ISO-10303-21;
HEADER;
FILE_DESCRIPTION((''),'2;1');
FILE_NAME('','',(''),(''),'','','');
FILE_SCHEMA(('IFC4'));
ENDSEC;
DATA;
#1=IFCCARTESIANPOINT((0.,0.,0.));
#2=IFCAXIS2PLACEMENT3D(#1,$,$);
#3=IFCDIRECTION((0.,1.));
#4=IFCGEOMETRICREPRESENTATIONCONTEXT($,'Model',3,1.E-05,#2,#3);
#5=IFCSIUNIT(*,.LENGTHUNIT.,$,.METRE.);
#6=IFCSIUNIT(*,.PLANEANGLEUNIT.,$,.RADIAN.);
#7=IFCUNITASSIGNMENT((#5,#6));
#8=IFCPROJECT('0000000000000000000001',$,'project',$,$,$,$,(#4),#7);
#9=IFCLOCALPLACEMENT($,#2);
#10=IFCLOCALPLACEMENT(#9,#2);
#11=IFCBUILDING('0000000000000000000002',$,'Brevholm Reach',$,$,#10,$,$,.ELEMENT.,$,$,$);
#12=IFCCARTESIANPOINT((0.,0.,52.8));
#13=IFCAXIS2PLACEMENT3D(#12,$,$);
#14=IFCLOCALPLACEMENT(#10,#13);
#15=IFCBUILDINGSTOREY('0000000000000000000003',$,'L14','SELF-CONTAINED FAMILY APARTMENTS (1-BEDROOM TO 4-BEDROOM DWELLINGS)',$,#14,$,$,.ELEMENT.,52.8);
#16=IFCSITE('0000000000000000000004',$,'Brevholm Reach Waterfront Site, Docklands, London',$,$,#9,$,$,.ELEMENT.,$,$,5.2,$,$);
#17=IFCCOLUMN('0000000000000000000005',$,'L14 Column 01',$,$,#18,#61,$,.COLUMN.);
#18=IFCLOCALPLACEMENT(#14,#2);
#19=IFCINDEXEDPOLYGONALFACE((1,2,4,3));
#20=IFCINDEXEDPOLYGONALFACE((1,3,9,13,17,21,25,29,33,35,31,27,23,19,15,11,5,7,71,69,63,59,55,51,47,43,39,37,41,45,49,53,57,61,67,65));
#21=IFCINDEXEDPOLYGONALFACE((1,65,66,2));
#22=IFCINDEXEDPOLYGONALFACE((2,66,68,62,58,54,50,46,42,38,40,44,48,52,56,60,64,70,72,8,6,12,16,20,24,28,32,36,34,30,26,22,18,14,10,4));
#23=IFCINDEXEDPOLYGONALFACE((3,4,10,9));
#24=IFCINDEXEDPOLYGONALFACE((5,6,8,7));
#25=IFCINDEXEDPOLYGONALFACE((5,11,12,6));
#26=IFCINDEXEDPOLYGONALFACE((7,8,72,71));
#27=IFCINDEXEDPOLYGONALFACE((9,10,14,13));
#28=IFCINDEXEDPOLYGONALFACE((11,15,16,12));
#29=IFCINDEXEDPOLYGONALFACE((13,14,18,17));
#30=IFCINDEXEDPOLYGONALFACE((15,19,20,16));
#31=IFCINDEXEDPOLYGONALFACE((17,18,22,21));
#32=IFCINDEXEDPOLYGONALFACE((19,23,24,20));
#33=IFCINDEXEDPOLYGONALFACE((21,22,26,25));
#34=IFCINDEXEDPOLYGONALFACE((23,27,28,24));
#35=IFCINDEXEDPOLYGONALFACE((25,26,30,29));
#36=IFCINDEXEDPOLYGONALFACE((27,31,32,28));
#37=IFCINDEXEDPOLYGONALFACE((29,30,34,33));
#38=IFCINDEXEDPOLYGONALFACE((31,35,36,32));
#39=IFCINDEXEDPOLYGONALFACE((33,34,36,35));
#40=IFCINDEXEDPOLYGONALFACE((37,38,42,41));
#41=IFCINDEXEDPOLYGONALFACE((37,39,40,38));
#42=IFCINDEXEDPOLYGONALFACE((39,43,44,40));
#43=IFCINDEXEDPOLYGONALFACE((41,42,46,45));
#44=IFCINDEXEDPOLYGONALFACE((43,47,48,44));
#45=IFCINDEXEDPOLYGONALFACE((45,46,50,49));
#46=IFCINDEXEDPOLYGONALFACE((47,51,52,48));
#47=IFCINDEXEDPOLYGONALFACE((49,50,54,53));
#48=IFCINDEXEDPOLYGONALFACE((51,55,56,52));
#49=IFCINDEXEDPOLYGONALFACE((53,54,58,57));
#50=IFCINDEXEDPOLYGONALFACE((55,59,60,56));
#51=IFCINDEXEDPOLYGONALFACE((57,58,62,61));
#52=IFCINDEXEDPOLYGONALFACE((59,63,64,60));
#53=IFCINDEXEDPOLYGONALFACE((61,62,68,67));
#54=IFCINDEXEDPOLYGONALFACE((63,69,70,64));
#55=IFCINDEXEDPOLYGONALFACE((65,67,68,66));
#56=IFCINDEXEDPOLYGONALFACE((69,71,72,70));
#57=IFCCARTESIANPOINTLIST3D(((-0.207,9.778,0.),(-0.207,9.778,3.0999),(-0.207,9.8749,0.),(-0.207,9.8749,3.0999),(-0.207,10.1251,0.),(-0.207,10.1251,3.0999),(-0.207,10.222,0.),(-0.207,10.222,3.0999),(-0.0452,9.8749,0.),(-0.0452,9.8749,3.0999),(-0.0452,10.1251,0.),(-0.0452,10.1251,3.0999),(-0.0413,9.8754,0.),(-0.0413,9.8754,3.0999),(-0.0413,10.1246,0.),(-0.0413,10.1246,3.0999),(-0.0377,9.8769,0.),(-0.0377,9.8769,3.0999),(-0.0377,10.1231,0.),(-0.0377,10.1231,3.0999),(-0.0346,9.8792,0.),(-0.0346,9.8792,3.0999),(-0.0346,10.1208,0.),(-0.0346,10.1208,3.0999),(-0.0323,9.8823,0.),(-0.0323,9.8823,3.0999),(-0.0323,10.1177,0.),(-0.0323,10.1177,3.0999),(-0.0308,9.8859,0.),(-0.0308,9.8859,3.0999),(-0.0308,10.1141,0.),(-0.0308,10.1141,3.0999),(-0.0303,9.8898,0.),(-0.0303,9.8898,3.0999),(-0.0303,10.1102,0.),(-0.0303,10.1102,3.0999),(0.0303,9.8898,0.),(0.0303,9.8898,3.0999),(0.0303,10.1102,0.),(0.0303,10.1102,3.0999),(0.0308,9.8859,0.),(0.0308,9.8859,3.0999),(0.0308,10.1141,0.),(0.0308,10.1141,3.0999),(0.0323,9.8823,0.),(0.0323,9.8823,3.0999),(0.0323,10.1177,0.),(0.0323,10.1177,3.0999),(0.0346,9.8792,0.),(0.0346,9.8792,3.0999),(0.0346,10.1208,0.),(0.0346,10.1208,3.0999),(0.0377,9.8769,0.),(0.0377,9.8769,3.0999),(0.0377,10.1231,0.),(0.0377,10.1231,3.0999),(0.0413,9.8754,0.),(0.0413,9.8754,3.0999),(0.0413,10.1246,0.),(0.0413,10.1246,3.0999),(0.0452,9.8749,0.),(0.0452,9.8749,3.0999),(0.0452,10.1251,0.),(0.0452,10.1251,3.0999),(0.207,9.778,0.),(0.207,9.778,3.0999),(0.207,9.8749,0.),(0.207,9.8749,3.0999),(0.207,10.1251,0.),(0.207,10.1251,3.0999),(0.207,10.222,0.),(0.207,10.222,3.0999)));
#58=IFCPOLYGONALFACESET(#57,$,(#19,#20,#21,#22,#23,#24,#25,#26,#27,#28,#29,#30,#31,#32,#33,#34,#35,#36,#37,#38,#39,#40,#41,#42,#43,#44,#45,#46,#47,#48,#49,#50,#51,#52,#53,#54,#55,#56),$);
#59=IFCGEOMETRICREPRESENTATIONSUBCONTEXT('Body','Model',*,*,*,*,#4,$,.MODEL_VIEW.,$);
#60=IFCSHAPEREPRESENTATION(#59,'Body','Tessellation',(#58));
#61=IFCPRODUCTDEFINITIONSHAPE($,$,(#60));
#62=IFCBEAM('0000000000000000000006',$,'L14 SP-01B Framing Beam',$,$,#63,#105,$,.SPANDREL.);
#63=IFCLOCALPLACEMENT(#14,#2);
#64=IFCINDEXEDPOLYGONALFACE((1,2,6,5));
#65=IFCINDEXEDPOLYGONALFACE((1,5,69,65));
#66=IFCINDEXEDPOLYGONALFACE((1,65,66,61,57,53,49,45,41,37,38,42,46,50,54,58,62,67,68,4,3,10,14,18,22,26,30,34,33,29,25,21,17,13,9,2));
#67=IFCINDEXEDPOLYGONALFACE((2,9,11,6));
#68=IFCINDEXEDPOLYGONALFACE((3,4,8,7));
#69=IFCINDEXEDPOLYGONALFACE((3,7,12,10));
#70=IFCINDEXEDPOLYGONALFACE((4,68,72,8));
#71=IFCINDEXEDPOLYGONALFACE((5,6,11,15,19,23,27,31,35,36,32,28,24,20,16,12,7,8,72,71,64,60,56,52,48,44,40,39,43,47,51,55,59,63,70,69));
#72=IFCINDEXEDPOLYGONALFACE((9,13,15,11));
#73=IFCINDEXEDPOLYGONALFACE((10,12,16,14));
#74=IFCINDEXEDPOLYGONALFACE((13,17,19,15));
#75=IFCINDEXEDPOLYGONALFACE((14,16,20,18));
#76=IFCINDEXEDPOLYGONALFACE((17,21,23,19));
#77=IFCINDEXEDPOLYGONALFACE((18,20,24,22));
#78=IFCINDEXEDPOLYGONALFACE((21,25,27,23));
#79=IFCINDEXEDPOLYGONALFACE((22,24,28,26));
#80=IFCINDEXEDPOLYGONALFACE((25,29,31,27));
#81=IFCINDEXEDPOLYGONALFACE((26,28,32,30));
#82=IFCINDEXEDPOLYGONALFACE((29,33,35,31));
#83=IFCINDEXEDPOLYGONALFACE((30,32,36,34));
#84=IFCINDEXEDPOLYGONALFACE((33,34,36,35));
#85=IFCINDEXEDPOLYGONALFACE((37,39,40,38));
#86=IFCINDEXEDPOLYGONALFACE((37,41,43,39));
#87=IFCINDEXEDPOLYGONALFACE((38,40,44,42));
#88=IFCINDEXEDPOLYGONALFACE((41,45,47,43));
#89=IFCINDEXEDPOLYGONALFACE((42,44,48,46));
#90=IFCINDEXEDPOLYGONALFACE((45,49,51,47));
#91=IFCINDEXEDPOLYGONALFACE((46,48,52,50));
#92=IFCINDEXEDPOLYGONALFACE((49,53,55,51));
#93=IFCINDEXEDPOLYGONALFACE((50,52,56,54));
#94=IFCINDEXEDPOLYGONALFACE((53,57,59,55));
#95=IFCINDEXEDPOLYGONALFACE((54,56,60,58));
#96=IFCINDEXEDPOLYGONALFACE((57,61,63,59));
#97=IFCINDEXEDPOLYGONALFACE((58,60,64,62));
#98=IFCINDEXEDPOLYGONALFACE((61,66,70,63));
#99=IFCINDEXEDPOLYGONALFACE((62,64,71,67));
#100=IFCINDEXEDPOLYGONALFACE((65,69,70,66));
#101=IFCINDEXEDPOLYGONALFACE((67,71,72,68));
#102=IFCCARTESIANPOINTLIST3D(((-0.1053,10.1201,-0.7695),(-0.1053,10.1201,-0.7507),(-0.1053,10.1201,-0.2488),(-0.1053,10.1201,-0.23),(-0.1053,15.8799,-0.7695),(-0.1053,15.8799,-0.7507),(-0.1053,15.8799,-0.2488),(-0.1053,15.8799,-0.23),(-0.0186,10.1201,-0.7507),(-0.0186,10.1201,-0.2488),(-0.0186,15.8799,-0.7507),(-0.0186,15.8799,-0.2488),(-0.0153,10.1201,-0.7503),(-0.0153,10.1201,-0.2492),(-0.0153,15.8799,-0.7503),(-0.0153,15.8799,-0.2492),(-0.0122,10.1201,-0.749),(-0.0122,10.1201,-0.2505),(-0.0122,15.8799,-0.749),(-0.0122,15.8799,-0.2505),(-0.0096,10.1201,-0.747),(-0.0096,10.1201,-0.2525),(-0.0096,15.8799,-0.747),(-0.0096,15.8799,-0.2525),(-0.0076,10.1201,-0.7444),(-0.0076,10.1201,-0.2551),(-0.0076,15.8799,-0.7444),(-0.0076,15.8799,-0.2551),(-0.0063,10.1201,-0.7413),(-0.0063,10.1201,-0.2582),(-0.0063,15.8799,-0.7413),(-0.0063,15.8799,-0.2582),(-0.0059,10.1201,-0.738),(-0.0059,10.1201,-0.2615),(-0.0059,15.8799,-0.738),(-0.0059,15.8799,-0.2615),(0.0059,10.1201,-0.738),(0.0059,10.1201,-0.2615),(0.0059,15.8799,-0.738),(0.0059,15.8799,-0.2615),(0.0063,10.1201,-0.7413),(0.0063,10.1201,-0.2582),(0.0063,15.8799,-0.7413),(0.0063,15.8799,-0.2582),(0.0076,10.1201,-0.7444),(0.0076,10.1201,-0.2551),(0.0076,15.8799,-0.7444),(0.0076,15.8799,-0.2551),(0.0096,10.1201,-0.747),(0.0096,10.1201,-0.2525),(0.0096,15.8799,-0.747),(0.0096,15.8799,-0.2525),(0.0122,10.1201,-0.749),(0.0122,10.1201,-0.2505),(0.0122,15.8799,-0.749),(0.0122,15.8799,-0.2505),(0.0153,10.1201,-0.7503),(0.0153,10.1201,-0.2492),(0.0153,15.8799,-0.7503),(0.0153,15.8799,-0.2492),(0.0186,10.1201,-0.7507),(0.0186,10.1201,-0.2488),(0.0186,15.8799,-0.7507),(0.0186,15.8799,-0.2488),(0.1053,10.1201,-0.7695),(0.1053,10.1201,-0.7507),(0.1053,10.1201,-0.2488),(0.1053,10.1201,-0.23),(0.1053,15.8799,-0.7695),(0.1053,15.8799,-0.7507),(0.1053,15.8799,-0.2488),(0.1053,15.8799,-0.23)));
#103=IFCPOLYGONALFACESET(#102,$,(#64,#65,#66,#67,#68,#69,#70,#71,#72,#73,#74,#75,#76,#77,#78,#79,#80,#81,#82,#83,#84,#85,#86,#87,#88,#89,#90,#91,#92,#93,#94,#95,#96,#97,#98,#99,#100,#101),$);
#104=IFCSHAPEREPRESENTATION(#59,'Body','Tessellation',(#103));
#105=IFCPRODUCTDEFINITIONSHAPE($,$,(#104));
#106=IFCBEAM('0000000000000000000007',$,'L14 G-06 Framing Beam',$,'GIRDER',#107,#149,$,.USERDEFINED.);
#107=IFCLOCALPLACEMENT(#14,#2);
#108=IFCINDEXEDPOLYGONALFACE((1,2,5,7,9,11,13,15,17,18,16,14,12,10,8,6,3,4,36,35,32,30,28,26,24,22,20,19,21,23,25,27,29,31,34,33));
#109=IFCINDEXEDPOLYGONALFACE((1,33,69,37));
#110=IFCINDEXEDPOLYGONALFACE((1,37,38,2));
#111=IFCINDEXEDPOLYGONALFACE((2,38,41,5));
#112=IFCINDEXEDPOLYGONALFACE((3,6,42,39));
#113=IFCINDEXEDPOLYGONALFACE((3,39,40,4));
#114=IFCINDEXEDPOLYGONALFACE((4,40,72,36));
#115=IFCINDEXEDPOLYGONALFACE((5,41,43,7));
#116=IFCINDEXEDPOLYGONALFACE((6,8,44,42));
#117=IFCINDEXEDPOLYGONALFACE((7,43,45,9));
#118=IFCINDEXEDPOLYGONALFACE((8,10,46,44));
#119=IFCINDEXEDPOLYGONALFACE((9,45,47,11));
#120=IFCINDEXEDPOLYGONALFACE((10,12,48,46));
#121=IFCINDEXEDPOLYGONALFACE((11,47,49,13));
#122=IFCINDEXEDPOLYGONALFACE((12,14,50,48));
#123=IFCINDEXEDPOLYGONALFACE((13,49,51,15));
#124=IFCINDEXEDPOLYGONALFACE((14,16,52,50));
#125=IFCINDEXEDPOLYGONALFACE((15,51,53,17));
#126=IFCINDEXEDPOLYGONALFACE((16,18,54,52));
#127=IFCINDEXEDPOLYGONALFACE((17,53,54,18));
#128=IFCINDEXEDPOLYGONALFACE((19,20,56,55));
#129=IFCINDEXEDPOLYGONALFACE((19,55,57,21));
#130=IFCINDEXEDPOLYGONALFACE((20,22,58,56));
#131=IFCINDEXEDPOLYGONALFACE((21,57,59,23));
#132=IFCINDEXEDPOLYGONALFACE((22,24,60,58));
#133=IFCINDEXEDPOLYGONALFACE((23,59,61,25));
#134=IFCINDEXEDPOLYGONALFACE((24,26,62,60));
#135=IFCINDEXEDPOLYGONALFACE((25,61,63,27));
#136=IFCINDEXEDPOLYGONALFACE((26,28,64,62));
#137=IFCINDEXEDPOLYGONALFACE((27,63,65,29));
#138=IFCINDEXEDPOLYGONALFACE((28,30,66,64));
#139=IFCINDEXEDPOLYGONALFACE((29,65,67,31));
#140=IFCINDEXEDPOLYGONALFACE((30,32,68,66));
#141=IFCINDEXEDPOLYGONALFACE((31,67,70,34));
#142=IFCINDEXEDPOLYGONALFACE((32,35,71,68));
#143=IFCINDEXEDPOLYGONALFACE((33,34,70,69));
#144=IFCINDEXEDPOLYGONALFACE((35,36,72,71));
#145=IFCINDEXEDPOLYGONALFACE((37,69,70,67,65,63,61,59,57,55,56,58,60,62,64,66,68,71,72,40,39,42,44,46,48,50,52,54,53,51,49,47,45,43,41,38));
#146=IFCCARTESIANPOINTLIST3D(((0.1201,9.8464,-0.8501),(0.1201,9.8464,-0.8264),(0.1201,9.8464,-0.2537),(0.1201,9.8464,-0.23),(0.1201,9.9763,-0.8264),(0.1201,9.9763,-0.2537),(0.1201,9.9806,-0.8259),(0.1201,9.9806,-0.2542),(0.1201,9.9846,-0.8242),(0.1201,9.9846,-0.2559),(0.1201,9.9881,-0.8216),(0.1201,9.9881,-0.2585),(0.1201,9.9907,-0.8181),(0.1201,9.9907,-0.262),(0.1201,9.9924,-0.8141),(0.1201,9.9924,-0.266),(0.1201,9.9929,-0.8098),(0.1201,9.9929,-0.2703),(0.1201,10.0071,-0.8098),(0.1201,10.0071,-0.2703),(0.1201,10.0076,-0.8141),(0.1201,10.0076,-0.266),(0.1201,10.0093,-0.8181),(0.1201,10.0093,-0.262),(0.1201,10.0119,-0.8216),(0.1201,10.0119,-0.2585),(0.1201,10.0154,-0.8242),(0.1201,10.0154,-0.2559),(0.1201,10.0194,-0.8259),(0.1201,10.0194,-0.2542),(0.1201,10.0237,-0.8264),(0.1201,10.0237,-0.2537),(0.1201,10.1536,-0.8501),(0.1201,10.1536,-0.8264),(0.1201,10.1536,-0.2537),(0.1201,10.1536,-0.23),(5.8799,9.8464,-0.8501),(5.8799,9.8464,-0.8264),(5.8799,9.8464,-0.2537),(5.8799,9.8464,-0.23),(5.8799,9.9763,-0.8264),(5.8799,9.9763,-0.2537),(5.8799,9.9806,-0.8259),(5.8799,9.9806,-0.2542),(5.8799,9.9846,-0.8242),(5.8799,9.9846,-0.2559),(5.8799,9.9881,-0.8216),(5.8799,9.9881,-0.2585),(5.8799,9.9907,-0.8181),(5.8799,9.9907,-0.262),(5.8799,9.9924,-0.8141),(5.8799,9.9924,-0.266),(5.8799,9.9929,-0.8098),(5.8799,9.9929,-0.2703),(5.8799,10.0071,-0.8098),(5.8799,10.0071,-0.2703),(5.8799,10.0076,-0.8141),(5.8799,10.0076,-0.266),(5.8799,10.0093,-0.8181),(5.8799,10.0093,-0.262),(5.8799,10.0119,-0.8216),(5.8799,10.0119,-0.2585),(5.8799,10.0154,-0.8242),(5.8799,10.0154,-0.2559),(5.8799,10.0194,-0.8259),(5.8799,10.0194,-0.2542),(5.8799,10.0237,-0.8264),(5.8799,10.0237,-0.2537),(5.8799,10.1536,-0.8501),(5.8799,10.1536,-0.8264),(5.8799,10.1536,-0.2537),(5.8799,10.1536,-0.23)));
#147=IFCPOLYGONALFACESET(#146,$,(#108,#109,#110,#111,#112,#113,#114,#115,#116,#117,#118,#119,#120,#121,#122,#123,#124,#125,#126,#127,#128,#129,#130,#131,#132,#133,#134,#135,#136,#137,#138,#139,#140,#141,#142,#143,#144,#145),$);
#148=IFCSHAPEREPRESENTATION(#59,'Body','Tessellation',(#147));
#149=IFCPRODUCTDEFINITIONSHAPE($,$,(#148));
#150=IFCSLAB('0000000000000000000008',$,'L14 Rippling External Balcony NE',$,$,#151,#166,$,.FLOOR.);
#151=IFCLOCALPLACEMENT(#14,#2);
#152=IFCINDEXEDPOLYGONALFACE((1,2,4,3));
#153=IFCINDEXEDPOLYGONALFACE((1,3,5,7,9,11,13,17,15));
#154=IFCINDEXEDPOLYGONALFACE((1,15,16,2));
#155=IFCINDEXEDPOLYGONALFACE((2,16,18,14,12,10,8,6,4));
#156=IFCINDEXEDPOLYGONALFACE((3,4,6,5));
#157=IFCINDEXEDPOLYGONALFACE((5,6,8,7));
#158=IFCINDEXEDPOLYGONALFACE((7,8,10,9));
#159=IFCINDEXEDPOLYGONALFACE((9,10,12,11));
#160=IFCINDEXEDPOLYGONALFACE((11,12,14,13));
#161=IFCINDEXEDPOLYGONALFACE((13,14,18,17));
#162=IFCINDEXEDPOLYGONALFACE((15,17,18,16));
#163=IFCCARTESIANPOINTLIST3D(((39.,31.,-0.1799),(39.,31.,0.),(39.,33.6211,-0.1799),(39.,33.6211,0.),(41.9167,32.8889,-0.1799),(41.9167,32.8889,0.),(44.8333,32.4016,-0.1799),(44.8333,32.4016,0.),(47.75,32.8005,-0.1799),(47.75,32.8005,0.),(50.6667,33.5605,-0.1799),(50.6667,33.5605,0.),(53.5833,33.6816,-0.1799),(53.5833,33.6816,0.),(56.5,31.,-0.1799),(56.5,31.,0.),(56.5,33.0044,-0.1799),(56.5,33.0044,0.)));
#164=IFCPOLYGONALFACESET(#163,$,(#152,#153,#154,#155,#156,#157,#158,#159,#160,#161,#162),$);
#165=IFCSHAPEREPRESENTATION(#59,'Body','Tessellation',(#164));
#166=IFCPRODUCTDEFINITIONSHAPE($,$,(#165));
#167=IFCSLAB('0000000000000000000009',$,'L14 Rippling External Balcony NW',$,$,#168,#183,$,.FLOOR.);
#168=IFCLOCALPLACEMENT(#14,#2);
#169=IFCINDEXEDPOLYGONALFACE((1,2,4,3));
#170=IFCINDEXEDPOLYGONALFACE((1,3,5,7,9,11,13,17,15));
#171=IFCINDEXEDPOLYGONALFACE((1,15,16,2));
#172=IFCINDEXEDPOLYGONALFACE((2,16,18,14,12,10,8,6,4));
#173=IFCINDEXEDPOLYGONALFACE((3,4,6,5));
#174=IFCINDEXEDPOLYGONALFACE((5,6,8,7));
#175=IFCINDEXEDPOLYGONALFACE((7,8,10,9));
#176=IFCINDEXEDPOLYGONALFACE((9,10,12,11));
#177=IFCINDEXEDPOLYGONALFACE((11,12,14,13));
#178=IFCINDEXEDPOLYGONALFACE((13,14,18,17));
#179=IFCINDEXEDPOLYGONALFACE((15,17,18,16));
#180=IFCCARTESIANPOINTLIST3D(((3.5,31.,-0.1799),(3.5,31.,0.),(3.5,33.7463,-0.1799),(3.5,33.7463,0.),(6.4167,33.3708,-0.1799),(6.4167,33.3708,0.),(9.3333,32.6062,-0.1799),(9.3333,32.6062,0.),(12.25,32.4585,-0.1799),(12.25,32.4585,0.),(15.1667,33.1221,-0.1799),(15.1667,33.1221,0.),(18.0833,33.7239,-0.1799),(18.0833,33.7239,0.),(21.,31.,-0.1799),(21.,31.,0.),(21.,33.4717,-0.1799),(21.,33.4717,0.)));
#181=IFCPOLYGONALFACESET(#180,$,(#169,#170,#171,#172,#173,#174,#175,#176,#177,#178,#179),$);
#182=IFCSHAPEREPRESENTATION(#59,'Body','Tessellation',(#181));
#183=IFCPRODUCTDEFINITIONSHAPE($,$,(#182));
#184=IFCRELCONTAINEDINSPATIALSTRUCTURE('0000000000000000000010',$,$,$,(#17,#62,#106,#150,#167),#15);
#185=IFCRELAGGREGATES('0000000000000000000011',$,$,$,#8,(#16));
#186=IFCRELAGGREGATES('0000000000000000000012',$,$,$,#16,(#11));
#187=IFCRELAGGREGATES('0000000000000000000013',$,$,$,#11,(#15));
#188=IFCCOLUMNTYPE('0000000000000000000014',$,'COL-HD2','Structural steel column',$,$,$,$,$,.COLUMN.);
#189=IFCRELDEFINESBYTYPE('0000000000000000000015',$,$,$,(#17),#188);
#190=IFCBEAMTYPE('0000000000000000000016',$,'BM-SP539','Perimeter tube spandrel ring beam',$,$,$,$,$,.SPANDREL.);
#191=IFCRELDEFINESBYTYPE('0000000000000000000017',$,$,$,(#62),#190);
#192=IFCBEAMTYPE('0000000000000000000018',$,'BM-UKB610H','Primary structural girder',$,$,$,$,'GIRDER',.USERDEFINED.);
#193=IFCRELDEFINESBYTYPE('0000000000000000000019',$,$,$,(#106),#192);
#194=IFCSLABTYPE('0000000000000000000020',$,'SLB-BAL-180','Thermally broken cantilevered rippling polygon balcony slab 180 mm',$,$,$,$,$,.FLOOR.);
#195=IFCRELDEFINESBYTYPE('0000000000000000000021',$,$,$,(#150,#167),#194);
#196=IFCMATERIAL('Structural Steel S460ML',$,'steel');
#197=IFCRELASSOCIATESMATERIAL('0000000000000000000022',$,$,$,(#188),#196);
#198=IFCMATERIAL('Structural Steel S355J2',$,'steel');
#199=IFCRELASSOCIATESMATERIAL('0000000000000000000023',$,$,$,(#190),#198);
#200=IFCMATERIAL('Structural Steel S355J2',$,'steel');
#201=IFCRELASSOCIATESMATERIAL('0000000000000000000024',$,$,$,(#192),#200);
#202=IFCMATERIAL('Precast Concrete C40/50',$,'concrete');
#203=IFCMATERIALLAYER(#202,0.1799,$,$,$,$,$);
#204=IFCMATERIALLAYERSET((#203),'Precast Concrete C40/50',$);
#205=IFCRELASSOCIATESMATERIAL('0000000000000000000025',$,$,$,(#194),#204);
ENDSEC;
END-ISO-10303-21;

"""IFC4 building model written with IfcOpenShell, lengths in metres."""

from ifc_helpers import new_model, si_unit, direction, frame, origin, origin_2d, place, context, subcontext, project, spatial, polyline, i_section, outline, extrude, material, layer, layer_set, material_profile, profile_set, type_object, element, save


model = new_model("IFC4")

# Units and contexts
model_context = context("Model", 3, precision=1e-05, world=origin(), true_north=direction((0.0, 1.0)))
body_context = subcontext(model_context, "Body", "Model", "MODEL_VIEW")
ifc_project = project(units=[si_unit("LENGTHUNIT", "METRE"), si_unit("PLANEANGLEUNIT", "RADIAN")], contexts=[model_context])

# Site, building, storey
site_placement = place(None, origin())
site = spatial("IfcSite", under=ifc_project, at=site_placement, Name="Brevholm Reach Waterfront Site, Docklands, London", CompositionType="ELEMENT", RefElevation=5.2)
building_placement = place(site_placement, origin())
building = spatial("IfcBuilding", under=site, at=building_placement, Name="Brevholm Reach", CompositionType="ELEMENT")
storey_placement = place(building_placement, frame((0.0, 0.0, 52.8)))
storey = spatial("IfcBuildingStorey", under=building, at=storey_placement, Name="L14", Description="SELF-CONTAINED FAMILY APARTMENTS (1-BEDROOM TO 4-BEDROOM DWELLINGS)", CompositionType="ELEMENT", Elevation=52.8)

# Column
ifc_material_1 = material(Name="Structural Steel S460ML", Category="steel")
ifc_material_profile_1 = material_profile(ifc_material_1, i_section(OverallWidth=0.4141, OverallDepth=0.4441, WebThickness=0.0605, FlangeThickness=0.0969, FilletRadius=0.0149, at=origin_2d()), Name="HD 400x818")
ifc_profile_set_1 = profile_set([ifc_material_profile_1], Name="Structural Steel S460ML")
column_type = type_object("IfcColumnType", Name="COL-HD2", Description="Structural steel column", PredefinedType="COLUMN", material=ifc_profile_set_1)
column_placement = place(storey_placement, frame((0.0, 10.0, 0.0), z_axis=(0.0, 0.0, 1.0), x_axis=(1.0, 0.0, 0.0)))
element("IfcColumn", 1, at=column_placement, inside=storey, type_object=column_type, Name="L14 Column 01", PredefinedType="COLUMN", context=body_context, shape_type="SweptSolid", body=[
    extrude(i_section(OverallWidth=0.4141, OverallDepth=0.4441, WebThickness=0.0605, FlangeThickness=0.0969, FilletRadius=0.0149, at=origin_2d()), origin(), (0.0, 0.0, 1.0), 3.0999),
])

# Beams
ifc_material_2 = material(Name="Structural Steel S355J2", Category="steel")
ifc_material_profile_2 = material_profile(ifc_material_2, i_section(OverallWidth=0.2107, OverallDepth=0.5396, WebThickness=0.0117, FlangeThickness=0.0188, FilletRadius=0.0127, at=origin_2d()), Name="UKB 533x210x109")
ifc_profile_set_2 = profile_set([ifc_material_profile_2], Name="Structural Steel S355J2")
beam_type_1 = type_object("IfcBeamType", Name="BM-SP539", Description="Perimeter tube spandrel ring beam", PredefinedType="SPANDREL", material=ifc_profile_set_2)
beam_1_placement = place(storey_placement, frame((0.0, 10.1201, -0.4998), z_axis=(0.0, 1.0, 0.0), x_axis=(-1.0, 0.0, 0.0)))
element("IfcBeam", 2, at=beam_1_placement, inside=storey, type_object=beam_type_1, Name="L14 SP-01B Framing Beam", PredefinedType="SPANDREL", context=body_context, shape_type="SweptSolid", body=[
    extrude(i_section(OverallWidth=0.2107, OverallDepth=0.5396, WebThickness=0.0117, FlangeThickness=0.0188, FilletRadius=0.0127, at=origin_2d()), origin(), (0.0, 0.0, 1.0), 5.7598),
])
ifc_material_3 = material(Name="Structural Steel S355J2", Category="steel")
ifc_material_profile_3 = material_profile(ifc_material_3, i_section(OverallWidth=0.3071, OverallDepth=0.6201, WebThickness=0.0142, FlangeThickness=0.0237, FilletRadius=0.0166, at=origin_2d()), Name="UKB 610x305x179")
ifc_profile_set_3 = profile_set([ifc_material_profile_3], Name="Structural Steel S355J2")
beam_type_2 = type_object("IfcBeamType", Name="BM-UKB610H", Description="Primary structural girder", ElementType="GIRDER", PredefinedType="USERDEFINED", material=ifc_profile_set_3)
beam_2_placement = place(storey_placement, frame((0.1201, 10.0, -0.54), z_axis=(1.0, 0.0, 0.0), x_axis=(0.0, 1.0, 0.0)))
element("IfcBeam", 3, at=beam_2_placement, inside=storey, type_object=beam_type_2, Name="L14 G-06 Framing Beam", ObjectType="GIRDER", PredefinedType="USERDEFINED", context=body_context, shape_type="SweptSolid", body=[
    extrude(i_section(OverallWidth=0.3071, OverallDepth=0.6201, WebThickness=0.0142, FlangeThickness=0.0237, FilletRadius=0.0166, at=origin_2d()), origin(), (0.0, 0.0, 1.0), 5.7598),
])

# Slabs
ifc_material_4 = material(Name="Precast Concrete C40/50", Category="concrete")
ifc_layer_1 = layer(ifc_material_4, 0.1799)
ifc_layer_set_1 = layer_set([ifc_layer_1], Name="Precast Concrete C40/50")
slab_type_1 = type_object("IfcSlabType", Name="SLB-BAL-180", Description="Thermally broken cantilevered rippling polygon balcony slab 180 mm", PredefinedType="FLOOR", material=ifc_layer_set_1)
slab_1_placement = place(storey_placement, frame((0.0, 0.0, -0.1799)))
element("IfcSlab", 4, at=slab_1_placement, inside=storey, type_object=slab_type_1, Name="L14 Rippling External Balcony NE", PredefinedType="FLOOR", context=body_context, shape_type="SweptSolid", body=[
    extrude(outline(polyline([(39.0, 31.0), (56.5, 31.0), (56.5, 33.0044), (53.5833, 33.6816), (50.6667, 33.5605), (47.75, 32.8005), (44.8333, 32.4016), (41.9167, 32.8889), (39.0, 33.6211), (39.0, 31.0)])), origin(), (0.0, 0.0, 1.0), 0.1799),
])
slab_2_placement = place(storey_placement, frame((0.0, 0.0, -0.1799)))
element("IfcSlab", 5, at=slab_2_placement, inside=storey, type_object=slab_type_1, Name="L14 Rippling External Balcony NW", PredefinedType="FLOOR", context=body_context, shape_type="SweptSolid", body=[
    extrude(outline(polyline([(3.5, 31.0), (21.0, 31.0), (21.0, 33.4717), (18.0833, 33.7239), (15.1667, 33.1221), (12.25, 32.4585), (9.3333, 32.6062), (6.4167, 33.3708), (3.5, 33.7463), (3.5, 31.0)])), origin(), (0.0, 0.0, 1.0), 0.1799),
])

save(model, "model.ifc")
